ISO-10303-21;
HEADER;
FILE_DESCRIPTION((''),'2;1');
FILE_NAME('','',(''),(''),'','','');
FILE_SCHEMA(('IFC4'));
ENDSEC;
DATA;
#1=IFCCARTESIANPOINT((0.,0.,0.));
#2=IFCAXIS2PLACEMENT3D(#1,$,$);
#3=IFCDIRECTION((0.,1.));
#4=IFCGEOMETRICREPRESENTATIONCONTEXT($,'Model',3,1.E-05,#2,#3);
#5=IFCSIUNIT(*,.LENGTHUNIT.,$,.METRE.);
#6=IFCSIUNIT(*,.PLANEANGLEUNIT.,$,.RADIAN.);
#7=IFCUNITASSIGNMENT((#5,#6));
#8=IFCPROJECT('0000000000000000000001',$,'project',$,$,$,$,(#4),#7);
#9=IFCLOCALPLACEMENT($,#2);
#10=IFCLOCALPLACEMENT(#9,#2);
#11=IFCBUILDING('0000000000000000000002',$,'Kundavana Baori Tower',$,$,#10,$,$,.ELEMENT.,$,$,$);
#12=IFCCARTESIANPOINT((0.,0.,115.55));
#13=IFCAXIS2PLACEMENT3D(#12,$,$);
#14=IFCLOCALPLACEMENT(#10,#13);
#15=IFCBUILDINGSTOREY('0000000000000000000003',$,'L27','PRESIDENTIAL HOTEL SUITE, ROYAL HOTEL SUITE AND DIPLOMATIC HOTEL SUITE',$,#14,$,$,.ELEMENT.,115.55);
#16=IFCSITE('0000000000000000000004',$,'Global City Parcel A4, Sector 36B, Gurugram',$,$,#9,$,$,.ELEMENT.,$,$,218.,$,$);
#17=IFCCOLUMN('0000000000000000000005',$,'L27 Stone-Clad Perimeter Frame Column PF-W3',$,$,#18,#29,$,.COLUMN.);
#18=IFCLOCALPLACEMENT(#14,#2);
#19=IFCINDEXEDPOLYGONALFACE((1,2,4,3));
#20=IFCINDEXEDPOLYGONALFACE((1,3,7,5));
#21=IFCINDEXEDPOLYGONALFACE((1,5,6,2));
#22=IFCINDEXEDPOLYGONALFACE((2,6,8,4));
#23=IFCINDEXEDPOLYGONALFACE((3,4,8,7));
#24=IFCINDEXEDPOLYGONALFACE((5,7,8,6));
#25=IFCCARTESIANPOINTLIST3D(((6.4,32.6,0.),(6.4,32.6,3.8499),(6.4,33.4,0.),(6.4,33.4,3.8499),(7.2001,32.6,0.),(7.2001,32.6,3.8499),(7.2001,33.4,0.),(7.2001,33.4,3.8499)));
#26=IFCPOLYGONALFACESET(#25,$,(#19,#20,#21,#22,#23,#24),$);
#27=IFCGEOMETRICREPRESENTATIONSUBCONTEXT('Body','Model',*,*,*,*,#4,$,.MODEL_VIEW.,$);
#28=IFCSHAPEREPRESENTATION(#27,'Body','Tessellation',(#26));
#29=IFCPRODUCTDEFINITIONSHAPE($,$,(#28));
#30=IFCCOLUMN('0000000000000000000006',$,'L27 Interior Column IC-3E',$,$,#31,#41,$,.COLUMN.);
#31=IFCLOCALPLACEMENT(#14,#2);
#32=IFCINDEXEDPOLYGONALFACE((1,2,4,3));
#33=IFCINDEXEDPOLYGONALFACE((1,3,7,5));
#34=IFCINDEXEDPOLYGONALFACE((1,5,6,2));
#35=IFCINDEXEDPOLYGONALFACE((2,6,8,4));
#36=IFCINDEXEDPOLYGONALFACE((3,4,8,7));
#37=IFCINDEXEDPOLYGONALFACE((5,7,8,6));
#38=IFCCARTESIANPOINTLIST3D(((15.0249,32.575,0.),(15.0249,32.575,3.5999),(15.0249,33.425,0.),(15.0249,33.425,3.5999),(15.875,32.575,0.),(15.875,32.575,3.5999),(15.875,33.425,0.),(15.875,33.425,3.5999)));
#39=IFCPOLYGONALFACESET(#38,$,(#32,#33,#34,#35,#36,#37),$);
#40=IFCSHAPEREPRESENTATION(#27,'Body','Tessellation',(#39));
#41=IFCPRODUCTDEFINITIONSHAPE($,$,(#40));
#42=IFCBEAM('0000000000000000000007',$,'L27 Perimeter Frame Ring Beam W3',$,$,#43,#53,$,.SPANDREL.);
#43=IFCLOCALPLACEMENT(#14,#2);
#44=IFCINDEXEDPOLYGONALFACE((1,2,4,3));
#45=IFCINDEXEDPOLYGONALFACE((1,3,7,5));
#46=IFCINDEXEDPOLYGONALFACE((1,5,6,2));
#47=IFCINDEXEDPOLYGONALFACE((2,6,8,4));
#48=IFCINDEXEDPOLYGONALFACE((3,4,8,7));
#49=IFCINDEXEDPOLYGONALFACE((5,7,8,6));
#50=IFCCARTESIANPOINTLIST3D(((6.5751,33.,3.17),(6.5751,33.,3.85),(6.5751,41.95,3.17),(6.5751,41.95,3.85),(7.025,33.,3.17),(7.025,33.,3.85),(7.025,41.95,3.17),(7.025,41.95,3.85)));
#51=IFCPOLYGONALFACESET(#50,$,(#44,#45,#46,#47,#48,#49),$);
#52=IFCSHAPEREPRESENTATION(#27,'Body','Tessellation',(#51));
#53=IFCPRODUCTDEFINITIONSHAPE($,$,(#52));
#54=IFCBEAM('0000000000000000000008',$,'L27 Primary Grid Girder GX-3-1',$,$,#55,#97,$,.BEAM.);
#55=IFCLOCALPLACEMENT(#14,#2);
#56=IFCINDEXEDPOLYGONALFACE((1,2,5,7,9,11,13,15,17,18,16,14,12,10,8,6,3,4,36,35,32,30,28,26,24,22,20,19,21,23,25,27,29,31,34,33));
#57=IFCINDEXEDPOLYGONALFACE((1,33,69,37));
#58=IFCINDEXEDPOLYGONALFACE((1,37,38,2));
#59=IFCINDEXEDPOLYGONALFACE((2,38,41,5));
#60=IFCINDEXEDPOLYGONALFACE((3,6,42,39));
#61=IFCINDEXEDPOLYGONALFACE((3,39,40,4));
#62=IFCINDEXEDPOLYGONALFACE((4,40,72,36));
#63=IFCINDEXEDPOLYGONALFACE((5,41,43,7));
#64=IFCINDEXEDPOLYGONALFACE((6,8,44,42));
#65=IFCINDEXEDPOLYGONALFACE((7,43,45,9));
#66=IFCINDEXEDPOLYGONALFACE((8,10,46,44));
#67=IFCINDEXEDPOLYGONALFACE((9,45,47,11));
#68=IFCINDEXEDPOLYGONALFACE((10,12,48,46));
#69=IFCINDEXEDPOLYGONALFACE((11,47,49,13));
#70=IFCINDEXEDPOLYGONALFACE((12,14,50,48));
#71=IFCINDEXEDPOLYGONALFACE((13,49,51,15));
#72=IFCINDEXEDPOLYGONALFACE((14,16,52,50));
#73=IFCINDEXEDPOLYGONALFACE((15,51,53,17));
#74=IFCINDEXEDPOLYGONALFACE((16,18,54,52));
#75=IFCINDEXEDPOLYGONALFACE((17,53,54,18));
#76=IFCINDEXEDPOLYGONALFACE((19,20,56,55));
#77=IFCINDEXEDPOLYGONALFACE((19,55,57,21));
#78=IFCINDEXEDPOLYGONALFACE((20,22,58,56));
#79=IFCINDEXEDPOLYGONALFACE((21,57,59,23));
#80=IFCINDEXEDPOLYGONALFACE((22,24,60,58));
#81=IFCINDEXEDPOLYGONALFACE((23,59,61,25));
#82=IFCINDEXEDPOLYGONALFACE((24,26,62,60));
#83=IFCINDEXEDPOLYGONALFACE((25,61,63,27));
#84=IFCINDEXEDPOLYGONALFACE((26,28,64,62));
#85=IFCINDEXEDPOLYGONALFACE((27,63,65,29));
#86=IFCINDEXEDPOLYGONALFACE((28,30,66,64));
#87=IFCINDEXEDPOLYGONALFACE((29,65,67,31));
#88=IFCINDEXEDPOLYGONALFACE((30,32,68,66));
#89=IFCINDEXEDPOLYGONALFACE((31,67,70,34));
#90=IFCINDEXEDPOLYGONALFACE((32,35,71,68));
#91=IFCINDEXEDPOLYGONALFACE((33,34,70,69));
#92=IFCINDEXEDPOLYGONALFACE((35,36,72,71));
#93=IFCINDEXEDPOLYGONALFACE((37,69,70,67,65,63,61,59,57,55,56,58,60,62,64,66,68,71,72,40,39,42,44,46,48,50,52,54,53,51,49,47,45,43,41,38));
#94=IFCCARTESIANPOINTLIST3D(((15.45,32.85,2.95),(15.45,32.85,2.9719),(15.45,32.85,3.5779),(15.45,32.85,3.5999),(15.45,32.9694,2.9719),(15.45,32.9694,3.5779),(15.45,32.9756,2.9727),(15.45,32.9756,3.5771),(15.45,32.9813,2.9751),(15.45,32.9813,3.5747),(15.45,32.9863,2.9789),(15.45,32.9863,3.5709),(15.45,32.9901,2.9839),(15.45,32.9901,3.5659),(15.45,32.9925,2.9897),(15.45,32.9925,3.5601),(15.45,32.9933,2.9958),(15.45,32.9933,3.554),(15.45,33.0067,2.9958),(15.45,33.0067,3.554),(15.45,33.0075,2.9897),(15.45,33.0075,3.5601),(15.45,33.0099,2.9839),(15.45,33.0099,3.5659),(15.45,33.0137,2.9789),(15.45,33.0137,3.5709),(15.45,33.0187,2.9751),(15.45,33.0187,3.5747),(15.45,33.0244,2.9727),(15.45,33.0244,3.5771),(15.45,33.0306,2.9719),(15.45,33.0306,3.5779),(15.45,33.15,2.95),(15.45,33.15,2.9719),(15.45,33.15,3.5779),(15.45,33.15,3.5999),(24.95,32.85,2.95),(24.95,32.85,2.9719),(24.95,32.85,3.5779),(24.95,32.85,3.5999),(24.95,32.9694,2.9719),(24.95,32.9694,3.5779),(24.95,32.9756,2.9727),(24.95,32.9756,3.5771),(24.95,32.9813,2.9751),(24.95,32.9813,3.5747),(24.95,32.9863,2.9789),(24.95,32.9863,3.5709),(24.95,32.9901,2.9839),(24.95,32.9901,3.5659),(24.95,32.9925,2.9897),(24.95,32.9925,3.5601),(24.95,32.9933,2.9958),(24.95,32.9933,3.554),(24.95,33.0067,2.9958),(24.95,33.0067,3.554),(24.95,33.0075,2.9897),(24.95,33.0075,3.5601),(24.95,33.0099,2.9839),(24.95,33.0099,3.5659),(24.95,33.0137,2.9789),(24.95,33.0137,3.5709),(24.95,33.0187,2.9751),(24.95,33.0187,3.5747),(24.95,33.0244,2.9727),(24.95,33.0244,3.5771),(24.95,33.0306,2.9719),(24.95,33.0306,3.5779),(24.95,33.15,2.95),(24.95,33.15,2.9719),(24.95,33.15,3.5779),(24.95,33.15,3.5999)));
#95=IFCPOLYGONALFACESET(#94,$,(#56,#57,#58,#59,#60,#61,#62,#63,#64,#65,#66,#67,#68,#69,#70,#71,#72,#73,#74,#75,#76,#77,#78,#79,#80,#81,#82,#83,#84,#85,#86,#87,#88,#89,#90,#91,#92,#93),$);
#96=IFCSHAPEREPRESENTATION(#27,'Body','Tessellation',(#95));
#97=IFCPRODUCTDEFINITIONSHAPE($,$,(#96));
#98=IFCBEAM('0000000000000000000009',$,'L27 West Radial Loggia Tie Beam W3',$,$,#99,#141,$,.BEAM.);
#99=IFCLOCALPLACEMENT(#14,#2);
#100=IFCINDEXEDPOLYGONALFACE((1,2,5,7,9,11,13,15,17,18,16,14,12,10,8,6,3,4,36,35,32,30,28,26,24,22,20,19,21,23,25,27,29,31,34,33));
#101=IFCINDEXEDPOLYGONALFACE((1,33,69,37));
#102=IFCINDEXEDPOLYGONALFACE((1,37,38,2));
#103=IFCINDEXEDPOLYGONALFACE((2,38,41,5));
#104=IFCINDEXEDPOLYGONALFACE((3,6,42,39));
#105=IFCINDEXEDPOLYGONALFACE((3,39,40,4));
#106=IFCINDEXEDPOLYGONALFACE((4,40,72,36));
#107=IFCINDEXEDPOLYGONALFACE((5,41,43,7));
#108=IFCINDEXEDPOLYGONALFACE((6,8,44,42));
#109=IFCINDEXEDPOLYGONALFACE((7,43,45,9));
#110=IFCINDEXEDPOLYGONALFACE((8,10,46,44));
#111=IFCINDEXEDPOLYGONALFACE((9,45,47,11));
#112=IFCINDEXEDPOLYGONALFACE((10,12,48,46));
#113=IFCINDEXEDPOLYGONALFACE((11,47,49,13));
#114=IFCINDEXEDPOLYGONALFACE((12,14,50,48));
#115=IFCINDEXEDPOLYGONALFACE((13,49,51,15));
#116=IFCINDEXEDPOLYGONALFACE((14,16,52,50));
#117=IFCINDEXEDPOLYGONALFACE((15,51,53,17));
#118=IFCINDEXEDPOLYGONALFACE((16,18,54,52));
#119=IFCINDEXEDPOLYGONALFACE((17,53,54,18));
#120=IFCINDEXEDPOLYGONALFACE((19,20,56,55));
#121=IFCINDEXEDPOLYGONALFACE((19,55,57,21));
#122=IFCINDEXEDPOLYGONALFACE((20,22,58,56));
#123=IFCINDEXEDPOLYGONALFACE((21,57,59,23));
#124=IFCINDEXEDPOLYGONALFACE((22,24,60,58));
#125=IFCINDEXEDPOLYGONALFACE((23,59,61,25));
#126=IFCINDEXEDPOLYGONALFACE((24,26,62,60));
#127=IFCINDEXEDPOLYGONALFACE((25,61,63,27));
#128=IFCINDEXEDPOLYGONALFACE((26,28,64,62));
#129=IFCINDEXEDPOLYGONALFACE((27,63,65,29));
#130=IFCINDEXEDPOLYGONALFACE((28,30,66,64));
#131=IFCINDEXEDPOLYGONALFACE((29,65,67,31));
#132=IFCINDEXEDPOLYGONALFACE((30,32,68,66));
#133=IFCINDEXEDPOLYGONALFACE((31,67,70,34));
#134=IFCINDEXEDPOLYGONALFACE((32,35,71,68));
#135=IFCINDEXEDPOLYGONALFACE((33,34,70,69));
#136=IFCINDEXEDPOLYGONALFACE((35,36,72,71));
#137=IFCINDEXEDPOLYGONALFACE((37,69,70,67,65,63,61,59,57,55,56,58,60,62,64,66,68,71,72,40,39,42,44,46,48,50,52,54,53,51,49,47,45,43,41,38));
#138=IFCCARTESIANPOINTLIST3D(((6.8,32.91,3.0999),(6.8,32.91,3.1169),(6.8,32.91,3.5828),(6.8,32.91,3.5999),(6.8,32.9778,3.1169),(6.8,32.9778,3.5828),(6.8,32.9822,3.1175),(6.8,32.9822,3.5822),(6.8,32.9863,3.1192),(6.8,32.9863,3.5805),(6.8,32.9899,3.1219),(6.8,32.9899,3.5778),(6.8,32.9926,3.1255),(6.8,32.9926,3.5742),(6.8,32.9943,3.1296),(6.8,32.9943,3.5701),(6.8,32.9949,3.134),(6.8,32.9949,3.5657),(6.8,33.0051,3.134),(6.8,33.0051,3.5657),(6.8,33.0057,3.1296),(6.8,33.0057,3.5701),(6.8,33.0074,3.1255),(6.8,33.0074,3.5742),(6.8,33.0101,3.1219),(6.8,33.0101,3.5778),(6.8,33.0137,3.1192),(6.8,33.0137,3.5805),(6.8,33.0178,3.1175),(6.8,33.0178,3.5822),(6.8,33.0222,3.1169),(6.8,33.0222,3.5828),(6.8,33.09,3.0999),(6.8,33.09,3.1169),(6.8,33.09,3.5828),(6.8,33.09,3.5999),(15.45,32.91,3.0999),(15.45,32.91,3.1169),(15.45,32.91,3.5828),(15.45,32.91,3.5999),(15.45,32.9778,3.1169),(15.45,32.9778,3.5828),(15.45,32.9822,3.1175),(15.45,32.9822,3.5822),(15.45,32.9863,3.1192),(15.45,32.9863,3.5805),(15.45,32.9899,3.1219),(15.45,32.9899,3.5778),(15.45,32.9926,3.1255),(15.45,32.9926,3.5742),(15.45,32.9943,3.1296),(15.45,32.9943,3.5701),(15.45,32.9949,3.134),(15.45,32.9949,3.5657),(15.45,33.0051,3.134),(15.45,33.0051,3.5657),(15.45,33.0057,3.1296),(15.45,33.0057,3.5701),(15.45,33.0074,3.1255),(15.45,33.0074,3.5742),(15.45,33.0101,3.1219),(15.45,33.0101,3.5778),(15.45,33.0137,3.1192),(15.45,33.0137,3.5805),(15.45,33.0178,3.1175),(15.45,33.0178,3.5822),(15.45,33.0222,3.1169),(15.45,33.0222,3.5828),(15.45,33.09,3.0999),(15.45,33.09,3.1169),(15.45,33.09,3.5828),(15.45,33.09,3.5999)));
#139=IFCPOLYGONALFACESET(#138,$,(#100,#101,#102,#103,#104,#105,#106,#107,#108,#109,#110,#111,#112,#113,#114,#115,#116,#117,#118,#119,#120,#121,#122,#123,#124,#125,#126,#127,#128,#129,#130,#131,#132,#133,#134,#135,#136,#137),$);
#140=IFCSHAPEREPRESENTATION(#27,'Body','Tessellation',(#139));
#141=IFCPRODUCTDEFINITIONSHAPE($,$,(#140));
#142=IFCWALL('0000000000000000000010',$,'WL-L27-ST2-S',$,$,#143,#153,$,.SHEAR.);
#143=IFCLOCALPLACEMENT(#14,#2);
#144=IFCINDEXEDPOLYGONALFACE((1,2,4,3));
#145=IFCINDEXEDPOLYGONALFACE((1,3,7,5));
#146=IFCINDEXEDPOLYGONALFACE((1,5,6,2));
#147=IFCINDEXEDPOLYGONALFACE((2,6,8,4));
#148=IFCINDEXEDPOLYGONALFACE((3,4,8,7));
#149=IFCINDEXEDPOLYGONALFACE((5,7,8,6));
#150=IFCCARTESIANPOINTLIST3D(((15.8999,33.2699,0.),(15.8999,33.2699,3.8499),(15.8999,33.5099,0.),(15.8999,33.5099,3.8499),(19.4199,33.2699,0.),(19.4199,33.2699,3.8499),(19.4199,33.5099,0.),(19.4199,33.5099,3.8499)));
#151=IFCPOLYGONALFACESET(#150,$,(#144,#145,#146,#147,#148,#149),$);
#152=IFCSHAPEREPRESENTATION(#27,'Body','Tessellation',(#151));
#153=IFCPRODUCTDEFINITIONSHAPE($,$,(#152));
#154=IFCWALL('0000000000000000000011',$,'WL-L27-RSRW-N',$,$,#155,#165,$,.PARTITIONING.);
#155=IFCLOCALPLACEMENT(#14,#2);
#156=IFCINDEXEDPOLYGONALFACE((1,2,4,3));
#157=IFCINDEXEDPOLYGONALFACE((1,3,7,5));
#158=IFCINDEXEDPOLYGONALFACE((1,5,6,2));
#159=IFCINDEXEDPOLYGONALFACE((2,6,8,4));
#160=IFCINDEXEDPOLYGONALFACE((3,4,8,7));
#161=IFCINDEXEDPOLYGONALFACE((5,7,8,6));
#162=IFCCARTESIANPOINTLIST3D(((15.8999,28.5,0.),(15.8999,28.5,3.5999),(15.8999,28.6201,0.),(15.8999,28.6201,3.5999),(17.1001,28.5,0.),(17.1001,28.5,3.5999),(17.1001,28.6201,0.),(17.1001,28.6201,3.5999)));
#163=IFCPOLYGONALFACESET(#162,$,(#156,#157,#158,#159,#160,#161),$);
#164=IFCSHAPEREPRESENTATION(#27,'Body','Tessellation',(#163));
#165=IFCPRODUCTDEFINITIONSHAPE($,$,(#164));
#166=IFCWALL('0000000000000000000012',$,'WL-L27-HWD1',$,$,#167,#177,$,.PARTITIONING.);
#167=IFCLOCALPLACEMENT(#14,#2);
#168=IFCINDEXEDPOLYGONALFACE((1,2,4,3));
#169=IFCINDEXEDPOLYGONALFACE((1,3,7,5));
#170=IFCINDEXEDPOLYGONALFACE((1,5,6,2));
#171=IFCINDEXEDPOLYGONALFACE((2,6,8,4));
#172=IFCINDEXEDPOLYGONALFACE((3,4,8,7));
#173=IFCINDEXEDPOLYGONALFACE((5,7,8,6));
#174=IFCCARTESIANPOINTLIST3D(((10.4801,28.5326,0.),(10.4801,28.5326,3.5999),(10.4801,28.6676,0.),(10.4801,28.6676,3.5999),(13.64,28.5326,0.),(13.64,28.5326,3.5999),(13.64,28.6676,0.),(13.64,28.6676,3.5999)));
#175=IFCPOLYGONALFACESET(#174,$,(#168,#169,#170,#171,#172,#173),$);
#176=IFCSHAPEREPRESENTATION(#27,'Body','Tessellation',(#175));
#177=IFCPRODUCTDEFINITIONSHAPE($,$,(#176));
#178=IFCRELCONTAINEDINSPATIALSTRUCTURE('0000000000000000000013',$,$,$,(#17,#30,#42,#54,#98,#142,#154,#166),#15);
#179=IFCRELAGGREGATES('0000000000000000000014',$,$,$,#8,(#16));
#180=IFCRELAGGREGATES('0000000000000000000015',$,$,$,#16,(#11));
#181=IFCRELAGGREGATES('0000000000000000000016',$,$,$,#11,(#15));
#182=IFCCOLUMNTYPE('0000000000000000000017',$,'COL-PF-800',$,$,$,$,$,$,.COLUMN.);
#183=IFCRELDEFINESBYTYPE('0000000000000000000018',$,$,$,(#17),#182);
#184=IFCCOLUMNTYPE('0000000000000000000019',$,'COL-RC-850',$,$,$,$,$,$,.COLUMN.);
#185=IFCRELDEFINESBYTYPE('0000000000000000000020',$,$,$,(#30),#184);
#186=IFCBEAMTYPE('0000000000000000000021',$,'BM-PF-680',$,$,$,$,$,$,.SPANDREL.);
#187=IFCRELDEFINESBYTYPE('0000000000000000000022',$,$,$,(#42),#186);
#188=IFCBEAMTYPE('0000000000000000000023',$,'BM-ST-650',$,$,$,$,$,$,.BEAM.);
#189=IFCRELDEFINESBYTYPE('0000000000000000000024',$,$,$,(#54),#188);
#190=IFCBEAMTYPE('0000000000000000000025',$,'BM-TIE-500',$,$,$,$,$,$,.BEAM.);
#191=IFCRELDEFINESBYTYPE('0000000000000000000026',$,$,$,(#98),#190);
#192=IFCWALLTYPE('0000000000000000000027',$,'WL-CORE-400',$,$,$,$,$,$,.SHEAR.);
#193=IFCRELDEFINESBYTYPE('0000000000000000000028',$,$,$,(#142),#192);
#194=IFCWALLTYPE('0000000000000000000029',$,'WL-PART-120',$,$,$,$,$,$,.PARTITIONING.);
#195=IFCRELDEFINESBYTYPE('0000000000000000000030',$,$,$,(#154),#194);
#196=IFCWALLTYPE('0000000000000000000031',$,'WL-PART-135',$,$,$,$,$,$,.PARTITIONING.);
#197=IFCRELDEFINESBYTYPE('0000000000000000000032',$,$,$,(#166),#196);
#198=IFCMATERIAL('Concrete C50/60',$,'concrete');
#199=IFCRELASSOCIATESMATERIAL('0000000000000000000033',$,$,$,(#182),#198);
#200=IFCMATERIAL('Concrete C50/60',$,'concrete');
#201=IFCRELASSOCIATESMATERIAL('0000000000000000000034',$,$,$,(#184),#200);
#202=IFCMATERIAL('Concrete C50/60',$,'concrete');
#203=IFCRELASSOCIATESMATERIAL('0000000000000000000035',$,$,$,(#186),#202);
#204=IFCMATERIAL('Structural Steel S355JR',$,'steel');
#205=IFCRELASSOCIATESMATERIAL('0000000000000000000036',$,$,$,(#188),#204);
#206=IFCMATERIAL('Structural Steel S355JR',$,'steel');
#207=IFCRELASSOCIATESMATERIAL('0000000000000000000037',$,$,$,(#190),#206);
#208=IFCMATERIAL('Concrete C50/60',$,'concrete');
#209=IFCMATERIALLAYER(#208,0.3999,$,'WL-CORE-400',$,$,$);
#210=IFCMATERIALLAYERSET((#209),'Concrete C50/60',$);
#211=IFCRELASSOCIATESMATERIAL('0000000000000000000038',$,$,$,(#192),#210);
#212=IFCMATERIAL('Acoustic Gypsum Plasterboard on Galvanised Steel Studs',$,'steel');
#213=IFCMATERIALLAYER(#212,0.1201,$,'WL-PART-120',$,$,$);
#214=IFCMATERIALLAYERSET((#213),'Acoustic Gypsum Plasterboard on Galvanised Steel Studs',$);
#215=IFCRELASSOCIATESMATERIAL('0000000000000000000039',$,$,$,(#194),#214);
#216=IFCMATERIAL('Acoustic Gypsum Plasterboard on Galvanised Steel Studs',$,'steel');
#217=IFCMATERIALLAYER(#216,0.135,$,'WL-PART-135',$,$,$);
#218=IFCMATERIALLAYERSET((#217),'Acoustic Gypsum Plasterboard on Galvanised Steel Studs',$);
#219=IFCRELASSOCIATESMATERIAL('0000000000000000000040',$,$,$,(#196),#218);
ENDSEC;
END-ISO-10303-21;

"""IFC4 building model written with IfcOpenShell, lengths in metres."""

from ifc_helpers import new_model, si_unit, direction, frame, frame_2d, origin, origin_2d, place, context, subcontext, project, spatial, rectangle, i_section, extrude, material, layer, layer_set, material_profile, profile_set, type_object, element, save


model = new_model("IFC4")

# Units and contexts
model_context = context("Model", 3, precision=1e-05, world=origin(), true_north=direction((0.0, 1.0)))
body_context = subcontext(model_context, "Body", "Model", "MODEL_VIEW")
ifc_project = project(units=[si_unit("LENGTHUNIT", "METRE"), si_unit("PLANEANGLEUNIT", "RADIAN")], contexts=[model_context])

# Site, building, storey
site_placement = place(None, origin())
site = spatial("IfcSite", under=ifc_project, at=site_placement, Name="Global City Parcel A4, Sector 36B, Gurugram", CompositionType="ELEMENT", RefElevation=218.0)
building_placement = place(site_placement, origin())
building = spatial("IfcBuilding", under=site, at=building_placement, Name="Kundavana Baori Tower", CompositionType="ELEMENT")
storey_placement = place(building_placement, frame((0.0, 0.0, 115.55)))
storey = spatial("IfcBuildingStorey", under=building, at=storey_placement, Name="L27", Description="PRESIDENTIAL HOTEL SUITE, ROYAL HOTEL SUITE AND DIPLOMATIC HOTEL SUITE", CompositionType="ELEMENT", Elevation=115.55)

# Columns
ifc_material_1 = material(Name="Concrete C50/60", Category="concrete")
ifc_material_profile_1 = material_profile(ifc_material_1, rectangle(XDim=0.8, YDim=0.8, at=origin_2d()), Name="RC PF 800x800")
ifc_profile_set_1 = profile_set([ifc_material_profile_1], Name="Concrete C50/60")
column_type_1 = type_object("IfcColumnType", Name="COL-PF-800", PredefinedType="COLUMN", material=ifc_profile_set_1)
column_1_placement = place(storey_placement, frame((6.8, 33.0, 0.0), z_axis=(0.0, 0.0, 1.0), x_axis=(1.0, 0.0, 0.0)))
element("IfcColumn", 1, at=column_1_placement, inside=storey, type_object=column_type_1, Name="L27 Stone-Clad Perimeter Frame Column PF-W3", PredefinedType="COLUMN", context=body_context, shape_type="SweptSolid", body=[
    extrude(rectangle(XDim=0.8, YDim=0.8, at=origin_2d()), origin(), (0.0, 0.0, 1.0), 3.8499),
])
ifc_material_2 = material(Name="Concrete C50/60", Category="concrete")
ifc_material_profile_2 = material_profile(ifc_material_2, rectangle(XDim=0.8501, YDim=0.8501, at=origin_2d()), Name="RC 850x850")
ifc_profile_set_2 = profile_set([ifc_material_profile_2], Name="Concrete C50/60")
column_type_2 = type_object("IfcColumnType", Name="COL-RC-850", PredefinedType="COLUMN", material=ifc_profile_set_2)
column_2_placement = place(storey_placement, frame((15.45, 33.0, 0.0), z_axis=(0.0, 0.0, 1.0), x_axis=(1.0, 0.0, 0.0)))
element("IfcColumn", 2, at=column_2_placement, inside=storey, type_object=column_type_2, Name="L27 Interior Column IC-3E", PredefinedType="COLUMN", context=body_context, shape_type="SweptSolid", body=[
    extrude(rectangle(XDim=0.8501, YDim=0.8501, at=origin_2d()), origin(), (0.0, 0.0, 1.0), 3.5999),
])

# Beams
ifc_material_3 = material(Name="Concrete C50/60", Category="concrete")
ifc_material_profile_3 = material_profile(ifc_material_3, rectangle(XDim=0.45, YDim=0.6799, at=origin_2d()), Name="RC BM 450x680")
ifc_profile_set_3 = profile_set([ifc_material_profile_3], Name="Concrete C50/60")
beam_type_1 = type_object("IfcBeamType", Name="BM-PF-680", PredefinedType="SPANDREL", material=ifc_profile_set_3)
beam_1_placement = place(storey_placement, frame((6.8, 33.0, 3.51), z_axis=(0.0, 1.0, 0.0), x_axis=(-1.0, 0.0, 0.0)))
element("IfcBeam", 3, at=beam_1_placement, inside=storey, type_object=beam_type_1, Name="L27 Perimeter Frame Ring Beam W3", PredefinedType="SPANDREL", context=body_context, shape_type="SweptSolid", body=[
    extrude(rectangle(XDim=0.45, YDim=0.6799, at=origin_2d()), origin(), (0.0, 0.0, 1.0), 8.95),
])
ifc_material_4 = material(Name="Structural Steel S355JR", Category="steel")
ifc_material_profile_4 = material_profile(ifc_material_4, i_section(OverallWidth=0.3, OverallDepth=0.6499, WebThickness=0.0134, FlangeThickness=0.022, FilletRadius=0.0239, at=origin_2d()), Name="NPB 650x300x155")
ifc_profile_set_4 = profile_set([ifc_material_profile_4], Name="Structural Steel S355JR")
beam_type_2 = type_object("IfcBeamType", Name="BM-ST-650", PredefinedType="BEAM", material=ifc_profile_set_4)
beam_2_placement = place(storey_placement, frame((15.45, 33.0, 3.2749), z_axis=(1.0, 0.0, 0.0), x_axis=(0.0, 1.0, 0.0)))
element("IfcBeam", 4, at=beam_2_placement, inside=storey, type_object=beam_type_2, Name="L27 Primary Grid Girder GX-3-1", PredefinedType="BEAM", context=body_context, shape_type="SweptSolid", body=[
    extrude(i_section(OverallWidth=0.3, OverallDepth=0.6499, WebThickness=0.0134, FlangeThickness=0.022, FilletRadius=0.0239, at=origin_2d()), origin(), (0.0, 0.0, 1.0), 9.5),
])
ifc_material_5 = material(Name="Structural Steel S355JR", Category="steel")
ifc_material_profile_5 = material_profile(ifc_material_5, i_section(OverallWidth=0.1799, OverallDepth=0.5, WebThickness=0.0103, FlangeThickness=0.0171, FilletRadius=0.0171, at=origin_2d()), Name="ISMB 500")
ifc_profile_set_5 = profile_set([ifc_material_profile_5], Name="Structural Steel S355JR")
beam_type_3 = type_object("IfcBeamType", Name="BM-TIE-500", PredefinedType="BEAM", material=ifc_profile_set_5)
beam_3_placement = place(storey_placement, frame((15.45, 33.0, 3.3499), z_axis=(-1.0, 0.0, 0.0), x_axis=(0.0, -1.0, 0.0)))
element("IfcBeam", 5, at=beam_3_placement, inside=storey, type_object=beam_type_3, Name="L27 West Radial Loggia Tie Beam W3", PredefinedType="BEAM", context=body_context, shape_type="SweptSolid", body=[
    extrude(i_section(OverallWidth=0.1799, OverallDepth=0.5, WebThickness=0.0103, FlangeThickness=0.0171, FilletRadius=0.0171, at=origin_2d()), origin(), (0.0, 0.0, 1.0), 8.6499),
])

# Walls
ifc_material_6 = material(Name="Concrete C50/60", Category="concrete")
ifc_layer_1 = layer(ifc_material_6, 0.3999, Name="WL-CORE-400")
ifc_layer_set_1 = layer_set([ifc_layer_1], Name="Concrete C50/60")
wall_type_1 = type_object("IfcWallType", Name="WL-CORE-400", PredefinedType="SHEAR", material=ifc_layer_set_1)
wall_1_placement = place(storey_placement, frame((15.8999, 33.3899, 0.0), z_axis=(0.0, 0.0, 1.0), x_axis=(1.0, 0.0, 0.0)))
element("IfcWall", 6, at=wall_1_placement, inside=storey, type_object=wall_type_1, Name="WL-L27-ST2-S", PredefinedType="SHEAR", context=body_context, shape_type="SweptSolid", body=[
    extrude(rectangle(XDim=3.52, YDim=0.24, at=frame_2d((1.76, 0.0))), origin(), (0.0, 0.0, 1.0), 3.8499),
])
ifc_material_7 = material(Name="Acoustic Gypsum Plasterboard on Galvanised Steel Studs", Category="steel")
ifc_layer_2 = layer(ifc_material_7, 0.1201, Name="WL-PART-120")
ifc_layer_set_2 = layer_set([ifc_layer_2], Name="Acoustic Gypsum Plasterboard on Galvanised Steel Studs")
wall_type_2 = type_object("IfcWallType", Name="WL-PART-120", PredefinedType="PARTITIONING", material=ifc_layer_set_2)
wall_2_placement = place(storey_placement, frame((15.8999, 28.5601, 0.0), z_axis=(0.0, 0.0, 1.0), x_axis=(1.0, 0.0, 0.0)))
element("IfcWall", 7, at=wall_2_placement, inside=storey, type_object=wall_type_2, Name="WL-L27-RSRW-N", PredefinedType="PARTITIONING", context=body_context, shape_type="SweptSolid", body=[
    extrude(rectangle(XDim=1.2002, YDim=0.1201, at=frame_2d((0.6001, 0.0))), origin(), (0.0, 0.0, 1.0), 3.5999),
])
ifc_material_8 = material(Name="Acoustic Gypsum Plasterboard on Galvanised Steel Studs", Category="steel")
ifc_layer_3 = layer(ifc_material_8, 0.135, Name="WL-PART-135")
ifc_layer_set_3 = layer_set([ifc_layer_3], Name="Acoustic Gypsum Plasterboard on Galvanised Steel Studs")
wall_type_3 = type_object("IfcWallType", Name="WL-PART-135", PredefinedType="PARTITIONING", material=ifc_layer_set_3)
wall_3_placement = place(storey_placement, frame((10.48, 28.6001, 0.0), z_axis=(0.0, 0.0, 1.0), x_axis=(1.0, 0.0, 0.0)))
element("IfcWall", 8, at=wall_3_placement, inside=storey, type_object=wall_type_3, Name="WL-L27-HWD1", PredefinedType="PARTITIONING", context=body_context, shape_type="SweptSolid", body=[
    extrude(rectangle(XDim=3.1599, YDim=0.135, at=frame_2d((1.5801, 0.0))), origin(), (0.0, 0.0, 1.0), 3.5999),
])

save(model, "model.ifc")
